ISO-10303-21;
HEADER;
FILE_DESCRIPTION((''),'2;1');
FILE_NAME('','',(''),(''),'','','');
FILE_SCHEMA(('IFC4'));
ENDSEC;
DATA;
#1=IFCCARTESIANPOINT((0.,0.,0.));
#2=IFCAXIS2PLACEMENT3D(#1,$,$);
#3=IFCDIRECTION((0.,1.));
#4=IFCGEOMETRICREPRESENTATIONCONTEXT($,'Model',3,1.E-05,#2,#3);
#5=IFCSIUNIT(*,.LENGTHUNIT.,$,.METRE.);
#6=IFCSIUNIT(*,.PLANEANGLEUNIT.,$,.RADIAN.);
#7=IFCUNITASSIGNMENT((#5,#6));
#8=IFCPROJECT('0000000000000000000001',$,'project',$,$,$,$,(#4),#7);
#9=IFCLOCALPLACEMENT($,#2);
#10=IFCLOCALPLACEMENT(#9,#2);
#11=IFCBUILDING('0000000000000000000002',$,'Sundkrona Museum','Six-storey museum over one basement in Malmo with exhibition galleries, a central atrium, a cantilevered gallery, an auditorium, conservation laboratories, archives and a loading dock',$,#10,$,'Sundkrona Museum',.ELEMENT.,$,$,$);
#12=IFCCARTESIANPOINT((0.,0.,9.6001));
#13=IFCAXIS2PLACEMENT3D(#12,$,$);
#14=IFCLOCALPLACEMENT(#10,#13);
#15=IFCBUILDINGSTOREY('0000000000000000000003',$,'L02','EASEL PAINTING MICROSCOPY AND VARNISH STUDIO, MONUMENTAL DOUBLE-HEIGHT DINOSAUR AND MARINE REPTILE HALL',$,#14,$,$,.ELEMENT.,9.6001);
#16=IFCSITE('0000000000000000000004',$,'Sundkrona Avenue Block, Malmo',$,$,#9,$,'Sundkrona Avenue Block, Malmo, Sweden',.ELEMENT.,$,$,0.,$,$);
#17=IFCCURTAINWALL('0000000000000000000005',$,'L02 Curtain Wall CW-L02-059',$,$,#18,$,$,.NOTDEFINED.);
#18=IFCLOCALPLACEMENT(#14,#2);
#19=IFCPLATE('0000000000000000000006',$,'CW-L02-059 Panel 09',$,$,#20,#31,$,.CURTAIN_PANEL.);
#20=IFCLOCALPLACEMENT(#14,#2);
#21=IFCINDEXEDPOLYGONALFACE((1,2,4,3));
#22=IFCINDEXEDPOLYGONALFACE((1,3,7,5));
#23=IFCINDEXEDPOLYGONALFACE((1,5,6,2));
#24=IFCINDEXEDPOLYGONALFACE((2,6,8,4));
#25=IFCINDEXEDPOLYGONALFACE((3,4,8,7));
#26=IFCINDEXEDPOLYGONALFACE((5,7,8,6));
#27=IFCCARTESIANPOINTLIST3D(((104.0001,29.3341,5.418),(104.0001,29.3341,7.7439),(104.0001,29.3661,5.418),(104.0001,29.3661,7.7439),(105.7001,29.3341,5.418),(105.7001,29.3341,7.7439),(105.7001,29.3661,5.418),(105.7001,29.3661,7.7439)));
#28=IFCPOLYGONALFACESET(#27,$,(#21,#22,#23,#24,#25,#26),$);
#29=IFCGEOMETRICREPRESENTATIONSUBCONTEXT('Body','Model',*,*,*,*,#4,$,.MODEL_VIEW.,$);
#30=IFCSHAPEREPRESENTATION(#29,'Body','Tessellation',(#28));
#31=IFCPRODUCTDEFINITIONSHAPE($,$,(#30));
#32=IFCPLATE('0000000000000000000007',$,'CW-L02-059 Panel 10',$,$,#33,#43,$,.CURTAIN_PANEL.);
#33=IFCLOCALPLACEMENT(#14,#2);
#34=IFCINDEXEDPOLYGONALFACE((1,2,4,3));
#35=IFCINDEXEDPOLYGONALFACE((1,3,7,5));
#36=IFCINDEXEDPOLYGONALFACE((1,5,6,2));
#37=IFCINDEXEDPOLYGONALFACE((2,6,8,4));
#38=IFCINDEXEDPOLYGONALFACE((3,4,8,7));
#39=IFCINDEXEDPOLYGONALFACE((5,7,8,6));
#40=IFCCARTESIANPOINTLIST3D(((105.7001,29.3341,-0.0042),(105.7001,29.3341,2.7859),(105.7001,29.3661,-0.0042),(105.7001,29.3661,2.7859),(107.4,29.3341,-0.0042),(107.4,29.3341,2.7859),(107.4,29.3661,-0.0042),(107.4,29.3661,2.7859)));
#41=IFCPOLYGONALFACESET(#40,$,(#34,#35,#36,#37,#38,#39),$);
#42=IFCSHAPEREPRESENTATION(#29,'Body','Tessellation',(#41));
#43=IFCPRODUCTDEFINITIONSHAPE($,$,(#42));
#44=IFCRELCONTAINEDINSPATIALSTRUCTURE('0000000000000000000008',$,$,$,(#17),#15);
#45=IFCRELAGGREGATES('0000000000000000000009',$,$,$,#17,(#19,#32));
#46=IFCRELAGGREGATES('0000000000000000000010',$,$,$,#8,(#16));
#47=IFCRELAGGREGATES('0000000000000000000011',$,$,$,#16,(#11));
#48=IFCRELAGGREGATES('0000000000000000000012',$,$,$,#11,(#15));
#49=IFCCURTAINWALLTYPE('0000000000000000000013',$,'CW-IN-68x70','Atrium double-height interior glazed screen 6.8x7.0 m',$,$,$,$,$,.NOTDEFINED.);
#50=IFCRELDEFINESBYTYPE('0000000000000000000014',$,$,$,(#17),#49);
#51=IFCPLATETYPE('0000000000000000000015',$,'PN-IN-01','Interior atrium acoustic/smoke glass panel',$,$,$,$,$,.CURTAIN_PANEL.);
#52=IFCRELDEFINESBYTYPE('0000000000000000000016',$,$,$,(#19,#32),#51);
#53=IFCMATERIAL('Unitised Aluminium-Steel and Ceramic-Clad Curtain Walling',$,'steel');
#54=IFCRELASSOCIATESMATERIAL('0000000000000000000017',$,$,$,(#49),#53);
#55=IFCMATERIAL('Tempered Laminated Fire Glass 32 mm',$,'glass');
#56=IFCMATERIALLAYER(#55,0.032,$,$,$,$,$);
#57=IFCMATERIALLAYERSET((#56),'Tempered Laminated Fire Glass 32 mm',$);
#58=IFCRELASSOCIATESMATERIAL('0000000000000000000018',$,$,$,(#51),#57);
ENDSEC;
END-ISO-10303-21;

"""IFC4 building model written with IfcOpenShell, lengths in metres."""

from ifc_helpers import new_model, si_unit, direction, frame, origin, origin_2d, place, context, subcontext, project, spatial, rectangle, extrude, material, layer, layer_set, type_object, element, aggregate, save


model = new_model("IFC4")

# Units and contexts
model_context = context("Model", 3, precision=1e-05, world=origin(), true_north=direction((0.0, 1.0)))
body_context = subcontext(model_context, "Body", "Model", "MODEL_VIEW")
ifc_project = project(units=[si_unit("LENGTHUNIT", "METRE"), si_unit("PLANEANGLEUNIT", "RADIAN")], contexts=[model_context])

# Site, building, storey
site_placement = place(None, origin())
site = spatial("IfcSite", under=ifc_project, at=site_placement, Name="Sundkrona Avenue Block, Malmo", LongName="Sundkrona Avenue Block, Malmo, Sweden", CompositionType="ELEMENT", RefElevation=0.0)
building_placement = place(site_placement, origin())
building = spatial("IfcBuilding", under=site, at=building_placement, Name="Sundkrona Museum", Description="Six-storey museum over one basement in Malmo with exhibition galleries, a central atrium, a cantilevered gallery, an auditorium, conservation laboratories, archives and a loading dock", LongName="Sundkrona Museum", CompositionType="ELEMENT")
storey_placement = place(building_placement, frame((0.0, 0.0, 9.6001)))
storey = spatial("IfcBuildingStorey", under=building, at=storey_placement, Name="L02", Description="EASEL PAINTING MICROSCOPY AND VARNISH STUDIO, MONUMENTAL DOUBLE-HEIGHT DINOSAUR AND MARINE REPTILE HALL", CompositionType="ELEMENT", Elevation=9.6001)

# Curtain wall, plates
ifc_material_1 = material(Name="Unitised Aluminium-Steel and Ceramic-Clad Curtain Walling", Category="steel")
curtain_wall_type = type_object("IfcCurtainWallType", Name="CW-IN-68x70", Description="Atrium double-height interior glazed screen 6.8x7.0 m", PredefinedType="NOTDEFINED", material=ifc_material_1)
curtain_wall_placement = place(storey_placement, origin())
curtain_wall = element("IfcCurtainWall", 1, at=curtain_wall_placement, inside=storey, type_object=curtain_wall_type, Name="L02 Curtain Wall CW-L02-059", PredefinedType="NOTDEFINED")
ifc_material_2 = material(Name="Tempered Laminated Fire Glass 32 mm", Category="glass")
ifc_layer = layer(ifc_material_2, 0.032)
ifc_layer_set = layer_set([ifc_layer], Name="Tempered Laminated Fire Glass 32 mm")
plate_type = type_object("IfcPlateType", Name="PN-IN-01", Description="Interior atrium acoustic/smoke glass panel", PredefinedType="CURTAIN_PANEL", material=ifc_layer_set)
plate_1_placement = place(storey_placement, frame((104.8501, 29.3501, 5.418), z_axis=(0.0, 0.0, 1.0), x_axis=(1.0, 0.0, 0.0)))
plate_1 = element("IfcPlate", 2, at=plate_1_placement, type_object=plate_type, Name="CW-L02-059 Panel 09", PredefinedType="CURTAIN_PANEL", context=body_context, shape_type="SweptSolid", body=[
    extrude(rectangle(XDim=1.7, YDim=0.032, at=origin_2d()), origin(), (0.0, 0.0, 1.0), 2.3259),
])
plate_2_placement = place(storey_placement, frame((106.55, 29.3501, -0.0042), z_axis=(0.0, 0.0, 1.0), x_axis=(1.0, 0.0, 0.0)))
plate_2 = element("IfcPlate", 3, at=plate_2_placement, type_object=plate_type, Name="CW-L02-059 Panel 10", PredefinedType="CURTAIN_PANEL", context=body_context, shape_type="SweptSolid", body=[
    extrude(rectangle(XDim=1.7, YDim=0.032, at=origin_2d()), origin(), (0.0, 0.0, 1.0), 2.79),
])
aggregate(curtain_wall, [plate_1, plate_2])

save(model, "model.ifc")
